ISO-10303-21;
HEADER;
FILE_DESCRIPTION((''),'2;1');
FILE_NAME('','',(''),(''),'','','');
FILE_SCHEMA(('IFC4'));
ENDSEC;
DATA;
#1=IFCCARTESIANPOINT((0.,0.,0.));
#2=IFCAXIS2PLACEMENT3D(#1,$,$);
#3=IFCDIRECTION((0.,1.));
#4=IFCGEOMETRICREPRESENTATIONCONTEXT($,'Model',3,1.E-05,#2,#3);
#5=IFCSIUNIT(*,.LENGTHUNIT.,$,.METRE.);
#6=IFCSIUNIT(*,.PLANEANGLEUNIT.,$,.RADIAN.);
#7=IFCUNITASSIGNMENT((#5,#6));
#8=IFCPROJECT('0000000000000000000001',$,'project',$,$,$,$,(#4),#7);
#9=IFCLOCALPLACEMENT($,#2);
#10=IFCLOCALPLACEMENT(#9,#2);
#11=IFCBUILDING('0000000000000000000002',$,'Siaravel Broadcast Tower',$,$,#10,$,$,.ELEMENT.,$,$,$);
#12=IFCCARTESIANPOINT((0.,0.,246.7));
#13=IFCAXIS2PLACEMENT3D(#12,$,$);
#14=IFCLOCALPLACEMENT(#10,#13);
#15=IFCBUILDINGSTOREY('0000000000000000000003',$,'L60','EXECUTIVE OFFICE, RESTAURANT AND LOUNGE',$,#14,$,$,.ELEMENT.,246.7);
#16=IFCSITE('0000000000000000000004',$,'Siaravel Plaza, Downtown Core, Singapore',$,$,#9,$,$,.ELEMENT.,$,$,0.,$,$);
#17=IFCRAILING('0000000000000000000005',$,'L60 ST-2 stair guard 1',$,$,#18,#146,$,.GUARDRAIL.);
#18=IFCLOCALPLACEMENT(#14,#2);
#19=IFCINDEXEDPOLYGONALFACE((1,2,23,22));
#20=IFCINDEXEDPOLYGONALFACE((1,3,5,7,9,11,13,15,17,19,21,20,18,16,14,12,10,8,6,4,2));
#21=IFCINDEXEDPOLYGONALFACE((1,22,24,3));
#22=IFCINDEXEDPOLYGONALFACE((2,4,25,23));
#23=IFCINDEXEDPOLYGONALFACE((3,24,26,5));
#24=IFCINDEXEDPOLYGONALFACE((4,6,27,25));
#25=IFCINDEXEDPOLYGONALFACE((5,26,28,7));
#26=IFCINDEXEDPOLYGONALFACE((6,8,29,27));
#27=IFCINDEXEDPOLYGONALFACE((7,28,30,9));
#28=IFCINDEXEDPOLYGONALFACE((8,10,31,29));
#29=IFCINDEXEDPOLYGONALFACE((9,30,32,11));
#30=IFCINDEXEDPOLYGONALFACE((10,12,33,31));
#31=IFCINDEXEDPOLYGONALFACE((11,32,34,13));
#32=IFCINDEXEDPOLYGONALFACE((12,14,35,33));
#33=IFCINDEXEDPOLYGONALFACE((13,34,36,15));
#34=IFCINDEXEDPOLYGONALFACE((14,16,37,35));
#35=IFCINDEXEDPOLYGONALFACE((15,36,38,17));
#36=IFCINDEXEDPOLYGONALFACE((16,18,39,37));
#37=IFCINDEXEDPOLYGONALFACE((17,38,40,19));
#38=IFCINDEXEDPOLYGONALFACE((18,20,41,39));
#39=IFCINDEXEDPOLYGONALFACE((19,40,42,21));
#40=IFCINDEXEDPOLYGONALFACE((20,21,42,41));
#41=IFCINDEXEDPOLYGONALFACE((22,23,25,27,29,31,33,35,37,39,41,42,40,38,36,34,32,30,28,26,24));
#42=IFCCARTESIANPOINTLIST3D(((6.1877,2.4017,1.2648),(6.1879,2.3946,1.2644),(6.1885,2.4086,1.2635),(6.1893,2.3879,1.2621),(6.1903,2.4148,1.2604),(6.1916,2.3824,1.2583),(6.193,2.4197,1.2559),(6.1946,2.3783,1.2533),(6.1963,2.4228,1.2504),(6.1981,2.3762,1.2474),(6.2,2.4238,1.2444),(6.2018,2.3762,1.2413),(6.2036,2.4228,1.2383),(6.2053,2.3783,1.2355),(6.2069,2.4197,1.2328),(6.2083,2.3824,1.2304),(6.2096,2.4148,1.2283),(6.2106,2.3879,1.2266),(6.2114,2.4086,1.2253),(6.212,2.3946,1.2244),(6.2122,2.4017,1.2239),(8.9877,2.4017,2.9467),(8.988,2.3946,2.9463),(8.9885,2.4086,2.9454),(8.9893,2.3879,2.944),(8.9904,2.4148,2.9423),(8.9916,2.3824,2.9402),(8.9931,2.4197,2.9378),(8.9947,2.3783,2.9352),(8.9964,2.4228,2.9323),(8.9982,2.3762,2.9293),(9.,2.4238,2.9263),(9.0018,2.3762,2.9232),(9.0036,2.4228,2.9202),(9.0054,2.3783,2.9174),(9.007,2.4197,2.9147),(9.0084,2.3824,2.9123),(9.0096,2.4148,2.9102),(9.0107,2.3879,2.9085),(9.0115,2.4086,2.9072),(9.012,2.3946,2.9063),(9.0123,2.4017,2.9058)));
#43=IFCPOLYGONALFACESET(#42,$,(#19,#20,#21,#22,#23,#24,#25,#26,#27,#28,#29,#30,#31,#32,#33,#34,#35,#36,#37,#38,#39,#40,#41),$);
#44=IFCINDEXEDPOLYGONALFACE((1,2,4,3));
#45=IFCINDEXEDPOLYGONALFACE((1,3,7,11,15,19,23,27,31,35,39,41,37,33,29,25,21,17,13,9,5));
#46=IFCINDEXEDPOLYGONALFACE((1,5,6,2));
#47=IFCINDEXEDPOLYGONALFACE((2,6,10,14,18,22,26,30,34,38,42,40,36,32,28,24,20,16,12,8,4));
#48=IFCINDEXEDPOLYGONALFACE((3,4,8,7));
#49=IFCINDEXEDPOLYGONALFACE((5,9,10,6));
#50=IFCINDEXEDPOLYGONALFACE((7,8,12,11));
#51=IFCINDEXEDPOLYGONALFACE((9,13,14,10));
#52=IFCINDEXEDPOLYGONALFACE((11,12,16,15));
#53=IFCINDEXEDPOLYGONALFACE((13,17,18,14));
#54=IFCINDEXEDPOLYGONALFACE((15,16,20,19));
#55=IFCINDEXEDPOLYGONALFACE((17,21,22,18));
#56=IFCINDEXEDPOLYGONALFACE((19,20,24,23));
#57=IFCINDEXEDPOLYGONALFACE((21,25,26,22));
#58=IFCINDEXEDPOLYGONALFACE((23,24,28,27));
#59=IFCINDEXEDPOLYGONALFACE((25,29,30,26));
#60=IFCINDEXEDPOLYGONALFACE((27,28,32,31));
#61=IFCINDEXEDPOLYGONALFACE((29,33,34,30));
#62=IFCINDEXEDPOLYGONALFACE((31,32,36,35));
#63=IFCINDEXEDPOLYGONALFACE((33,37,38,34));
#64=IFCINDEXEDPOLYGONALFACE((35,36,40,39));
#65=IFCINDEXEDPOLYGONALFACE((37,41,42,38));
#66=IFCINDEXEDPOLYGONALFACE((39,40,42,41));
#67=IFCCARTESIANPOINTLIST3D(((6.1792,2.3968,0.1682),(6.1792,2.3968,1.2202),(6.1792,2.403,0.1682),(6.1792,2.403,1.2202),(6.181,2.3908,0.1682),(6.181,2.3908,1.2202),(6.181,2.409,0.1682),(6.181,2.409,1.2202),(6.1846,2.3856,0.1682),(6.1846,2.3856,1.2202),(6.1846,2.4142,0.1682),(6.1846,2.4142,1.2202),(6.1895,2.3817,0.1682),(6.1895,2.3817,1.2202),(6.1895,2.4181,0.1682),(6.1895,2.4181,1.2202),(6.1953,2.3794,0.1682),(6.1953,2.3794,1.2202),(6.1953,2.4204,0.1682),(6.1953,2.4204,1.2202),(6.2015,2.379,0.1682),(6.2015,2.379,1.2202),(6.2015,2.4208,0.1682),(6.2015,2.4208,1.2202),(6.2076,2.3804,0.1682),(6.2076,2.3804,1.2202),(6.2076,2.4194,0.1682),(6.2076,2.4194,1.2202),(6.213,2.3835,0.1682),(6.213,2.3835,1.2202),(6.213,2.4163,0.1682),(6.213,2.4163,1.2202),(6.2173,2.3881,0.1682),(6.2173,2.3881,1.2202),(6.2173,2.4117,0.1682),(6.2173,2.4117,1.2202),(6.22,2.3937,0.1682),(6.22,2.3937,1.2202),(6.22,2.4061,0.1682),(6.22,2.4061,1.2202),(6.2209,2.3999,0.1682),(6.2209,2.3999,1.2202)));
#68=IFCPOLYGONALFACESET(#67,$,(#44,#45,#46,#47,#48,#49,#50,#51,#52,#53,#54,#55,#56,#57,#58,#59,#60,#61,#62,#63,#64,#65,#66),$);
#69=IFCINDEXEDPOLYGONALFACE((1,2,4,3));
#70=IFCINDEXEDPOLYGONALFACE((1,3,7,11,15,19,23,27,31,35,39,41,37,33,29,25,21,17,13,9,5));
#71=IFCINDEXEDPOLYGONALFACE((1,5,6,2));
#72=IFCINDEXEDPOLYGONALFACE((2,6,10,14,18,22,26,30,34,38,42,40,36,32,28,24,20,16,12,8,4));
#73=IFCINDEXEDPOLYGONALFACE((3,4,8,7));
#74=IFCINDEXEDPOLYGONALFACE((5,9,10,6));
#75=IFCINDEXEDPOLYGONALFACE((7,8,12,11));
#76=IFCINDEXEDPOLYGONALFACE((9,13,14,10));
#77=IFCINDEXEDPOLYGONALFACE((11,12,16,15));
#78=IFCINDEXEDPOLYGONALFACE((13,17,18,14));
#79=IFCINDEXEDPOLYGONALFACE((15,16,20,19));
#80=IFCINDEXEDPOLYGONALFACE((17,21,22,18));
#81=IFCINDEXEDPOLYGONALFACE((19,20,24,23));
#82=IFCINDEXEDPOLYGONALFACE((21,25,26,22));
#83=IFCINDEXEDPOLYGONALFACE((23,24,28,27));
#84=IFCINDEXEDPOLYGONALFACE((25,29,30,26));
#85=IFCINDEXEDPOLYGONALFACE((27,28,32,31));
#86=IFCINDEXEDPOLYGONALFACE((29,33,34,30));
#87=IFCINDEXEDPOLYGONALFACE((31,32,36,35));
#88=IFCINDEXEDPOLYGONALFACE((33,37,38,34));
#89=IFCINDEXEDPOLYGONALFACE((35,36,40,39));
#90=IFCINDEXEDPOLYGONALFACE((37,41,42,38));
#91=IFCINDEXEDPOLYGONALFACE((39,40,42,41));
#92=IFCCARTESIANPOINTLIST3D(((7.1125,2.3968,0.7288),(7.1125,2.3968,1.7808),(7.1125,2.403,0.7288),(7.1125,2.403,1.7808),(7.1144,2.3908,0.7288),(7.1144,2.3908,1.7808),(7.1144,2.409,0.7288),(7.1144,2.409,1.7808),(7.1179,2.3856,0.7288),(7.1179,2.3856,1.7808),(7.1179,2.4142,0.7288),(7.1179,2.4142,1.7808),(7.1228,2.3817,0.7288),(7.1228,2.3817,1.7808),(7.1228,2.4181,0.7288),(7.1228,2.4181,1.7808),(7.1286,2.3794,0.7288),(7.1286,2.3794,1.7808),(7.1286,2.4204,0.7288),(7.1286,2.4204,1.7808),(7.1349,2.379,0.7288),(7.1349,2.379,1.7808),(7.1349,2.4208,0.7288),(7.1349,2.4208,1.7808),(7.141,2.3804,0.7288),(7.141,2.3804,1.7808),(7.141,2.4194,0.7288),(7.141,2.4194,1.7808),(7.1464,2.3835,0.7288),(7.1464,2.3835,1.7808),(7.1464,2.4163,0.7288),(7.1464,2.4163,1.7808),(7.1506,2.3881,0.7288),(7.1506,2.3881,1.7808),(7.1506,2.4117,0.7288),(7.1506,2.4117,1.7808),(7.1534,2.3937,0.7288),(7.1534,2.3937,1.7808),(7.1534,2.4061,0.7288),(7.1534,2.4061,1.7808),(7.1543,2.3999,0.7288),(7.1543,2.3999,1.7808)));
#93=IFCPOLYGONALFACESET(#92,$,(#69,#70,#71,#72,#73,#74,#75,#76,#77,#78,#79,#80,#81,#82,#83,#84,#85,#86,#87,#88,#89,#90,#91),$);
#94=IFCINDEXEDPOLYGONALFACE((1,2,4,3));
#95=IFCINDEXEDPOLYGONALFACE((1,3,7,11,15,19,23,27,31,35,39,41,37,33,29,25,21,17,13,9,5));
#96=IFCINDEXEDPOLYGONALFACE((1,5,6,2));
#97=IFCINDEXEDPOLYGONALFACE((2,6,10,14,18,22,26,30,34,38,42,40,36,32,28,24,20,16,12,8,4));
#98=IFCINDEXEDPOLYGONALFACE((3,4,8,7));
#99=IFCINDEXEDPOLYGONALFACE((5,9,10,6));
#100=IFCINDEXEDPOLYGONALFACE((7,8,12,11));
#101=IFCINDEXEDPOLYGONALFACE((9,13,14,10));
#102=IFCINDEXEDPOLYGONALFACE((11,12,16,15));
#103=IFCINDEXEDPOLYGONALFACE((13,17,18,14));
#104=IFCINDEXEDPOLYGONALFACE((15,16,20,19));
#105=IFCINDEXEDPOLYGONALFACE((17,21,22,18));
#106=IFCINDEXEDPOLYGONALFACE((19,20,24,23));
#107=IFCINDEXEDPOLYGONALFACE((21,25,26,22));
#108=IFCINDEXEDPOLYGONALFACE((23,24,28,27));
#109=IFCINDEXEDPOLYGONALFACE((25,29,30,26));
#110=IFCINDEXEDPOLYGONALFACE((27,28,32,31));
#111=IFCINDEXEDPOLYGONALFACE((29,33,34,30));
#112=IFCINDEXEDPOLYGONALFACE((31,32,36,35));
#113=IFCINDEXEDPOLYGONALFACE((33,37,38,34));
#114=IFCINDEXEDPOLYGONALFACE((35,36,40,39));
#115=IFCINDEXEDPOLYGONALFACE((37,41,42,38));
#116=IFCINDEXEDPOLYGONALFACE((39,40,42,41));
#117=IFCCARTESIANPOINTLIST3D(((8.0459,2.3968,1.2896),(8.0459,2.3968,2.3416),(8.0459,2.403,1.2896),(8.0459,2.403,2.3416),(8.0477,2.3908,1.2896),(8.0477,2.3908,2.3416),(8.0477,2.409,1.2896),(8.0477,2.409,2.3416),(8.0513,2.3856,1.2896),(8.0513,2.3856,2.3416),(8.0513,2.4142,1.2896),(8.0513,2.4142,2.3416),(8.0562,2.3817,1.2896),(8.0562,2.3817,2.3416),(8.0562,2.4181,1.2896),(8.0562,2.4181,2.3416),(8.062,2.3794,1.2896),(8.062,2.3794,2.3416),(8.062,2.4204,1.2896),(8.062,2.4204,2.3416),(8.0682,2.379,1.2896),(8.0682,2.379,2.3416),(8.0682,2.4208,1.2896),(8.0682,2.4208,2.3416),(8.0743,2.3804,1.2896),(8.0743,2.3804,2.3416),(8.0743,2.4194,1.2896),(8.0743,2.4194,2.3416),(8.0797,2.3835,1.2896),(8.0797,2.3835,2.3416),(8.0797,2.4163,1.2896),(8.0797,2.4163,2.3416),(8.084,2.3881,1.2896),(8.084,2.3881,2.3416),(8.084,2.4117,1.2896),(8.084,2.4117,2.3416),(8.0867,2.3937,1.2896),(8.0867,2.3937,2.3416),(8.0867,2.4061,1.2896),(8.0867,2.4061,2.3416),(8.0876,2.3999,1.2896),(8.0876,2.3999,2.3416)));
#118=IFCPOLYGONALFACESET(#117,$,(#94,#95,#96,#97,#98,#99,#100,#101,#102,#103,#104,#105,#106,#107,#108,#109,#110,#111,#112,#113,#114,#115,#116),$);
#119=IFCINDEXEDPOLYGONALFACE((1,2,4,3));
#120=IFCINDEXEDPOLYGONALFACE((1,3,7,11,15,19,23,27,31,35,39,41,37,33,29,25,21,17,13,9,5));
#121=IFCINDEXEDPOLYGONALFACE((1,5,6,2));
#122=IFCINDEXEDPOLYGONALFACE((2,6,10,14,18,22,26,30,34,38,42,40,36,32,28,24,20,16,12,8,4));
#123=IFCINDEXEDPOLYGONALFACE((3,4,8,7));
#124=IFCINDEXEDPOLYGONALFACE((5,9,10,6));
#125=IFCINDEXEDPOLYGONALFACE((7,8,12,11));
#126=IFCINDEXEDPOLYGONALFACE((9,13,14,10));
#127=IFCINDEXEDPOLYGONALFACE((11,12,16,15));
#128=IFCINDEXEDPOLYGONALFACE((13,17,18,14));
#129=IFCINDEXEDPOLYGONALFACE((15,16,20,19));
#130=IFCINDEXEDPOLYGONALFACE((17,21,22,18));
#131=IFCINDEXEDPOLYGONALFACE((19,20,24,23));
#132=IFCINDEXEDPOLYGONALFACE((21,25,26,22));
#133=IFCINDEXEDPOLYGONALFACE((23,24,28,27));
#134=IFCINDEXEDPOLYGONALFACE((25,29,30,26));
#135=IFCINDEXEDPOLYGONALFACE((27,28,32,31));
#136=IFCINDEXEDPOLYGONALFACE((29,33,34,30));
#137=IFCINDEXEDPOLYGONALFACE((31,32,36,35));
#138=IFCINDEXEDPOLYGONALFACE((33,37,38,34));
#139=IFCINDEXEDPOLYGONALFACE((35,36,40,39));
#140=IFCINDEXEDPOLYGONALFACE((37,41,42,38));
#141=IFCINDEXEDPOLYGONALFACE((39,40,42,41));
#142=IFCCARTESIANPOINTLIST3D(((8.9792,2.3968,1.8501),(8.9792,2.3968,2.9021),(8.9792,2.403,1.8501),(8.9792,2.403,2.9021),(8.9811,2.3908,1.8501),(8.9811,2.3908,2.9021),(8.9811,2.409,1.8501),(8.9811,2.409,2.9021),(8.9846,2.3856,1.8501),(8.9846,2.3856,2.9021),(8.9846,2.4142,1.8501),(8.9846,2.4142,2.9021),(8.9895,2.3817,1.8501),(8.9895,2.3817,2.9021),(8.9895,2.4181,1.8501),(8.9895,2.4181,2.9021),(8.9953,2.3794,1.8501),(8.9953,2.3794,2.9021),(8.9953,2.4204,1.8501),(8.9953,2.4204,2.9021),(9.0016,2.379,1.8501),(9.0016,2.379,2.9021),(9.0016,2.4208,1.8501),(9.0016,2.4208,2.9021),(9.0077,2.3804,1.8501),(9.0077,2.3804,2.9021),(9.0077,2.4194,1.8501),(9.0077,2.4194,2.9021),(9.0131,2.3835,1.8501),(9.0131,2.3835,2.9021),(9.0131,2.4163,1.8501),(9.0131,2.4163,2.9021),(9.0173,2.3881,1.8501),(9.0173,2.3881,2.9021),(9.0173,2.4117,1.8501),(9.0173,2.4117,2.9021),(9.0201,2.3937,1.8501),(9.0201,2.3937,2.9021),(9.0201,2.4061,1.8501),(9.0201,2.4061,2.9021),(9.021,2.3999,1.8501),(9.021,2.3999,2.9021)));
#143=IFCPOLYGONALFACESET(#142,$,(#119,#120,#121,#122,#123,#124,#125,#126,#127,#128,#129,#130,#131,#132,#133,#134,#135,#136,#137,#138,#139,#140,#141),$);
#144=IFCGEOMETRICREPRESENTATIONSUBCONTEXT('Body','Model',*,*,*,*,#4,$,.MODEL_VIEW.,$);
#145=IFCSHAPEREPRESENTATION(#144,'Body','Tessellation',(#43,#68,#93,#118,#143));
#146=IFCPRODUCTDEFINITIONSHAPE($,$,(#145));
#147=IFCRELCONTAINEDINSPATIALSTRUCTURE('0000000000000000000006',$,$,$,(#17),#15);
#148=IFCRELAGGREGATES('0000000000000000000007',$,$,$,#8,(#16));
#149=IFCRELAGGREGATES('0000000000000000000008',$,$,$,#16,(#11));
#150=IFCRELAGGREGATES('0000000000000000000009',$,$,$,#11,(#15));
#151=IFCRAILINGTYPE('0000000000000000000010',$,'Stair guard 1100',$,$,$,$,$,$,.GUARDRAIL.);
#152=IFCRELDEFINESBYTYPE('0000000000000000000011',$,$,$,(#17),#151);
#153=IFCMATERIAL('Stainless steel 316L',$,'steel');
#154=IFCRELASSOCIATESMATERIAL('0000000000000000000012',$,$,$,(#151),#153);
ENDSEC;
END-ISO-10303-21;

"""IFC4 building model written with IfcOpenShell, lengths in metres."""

from ifc_helpers import new_model, si_unit, direction, frame, origin, origin_2d, place, context, subcontext, project, spatial, circle, extrude, material, type_object, element, save


model = new_model("IFC4")

# Units and contexts
model_context = context("Model", 3, precision=1e-05, world=origin(), true_north=direction((0.0, 1.0)))
body_context = subcontext(model_context, "Body", "Model", "MODEL_VIEW")
ifc_project = project(units=[si_unit("LENGTHUNIT", "METRE"), si_unit("PLANEANGLEUNIT", "RADIAN")], contexts=[model_context])

# Site, building, storey
site_placement = place(None, origin())
site = spatial("IfcSite", under=ifc_project, at=site_placement, Name="Siaravel Plaza, Downtown Core, Singapore", CompositionType="ELEMENT", RefElevation=0.0)
building_placement = place(site_placement, origin())
building = spatial("IfcBuilding", under=site, at=building_placement, Name="Siaravel Broadcast Tower", CompositionType="ELEMENT")
storey_placement = place(building_placement, frame((0.0, 0.0, 246.7)))
storey = spatial("IfcBuildingStorey", under=building, at=storey_placement, Name="L60", Description="EXECUTIVE OFFICE, RESTAURANT AND LOUNGE", CompositionType="ELEMENT", Elevation=246.7)

# Railing
ifc_material_1 = material(Name="Stainless steel 316L", Category="steel")
railing_type_1 = type_object("IfcRailingType", Name="Stair guard 1100", PredefinedType="GUARDRAIL", material=ifc_material_1)
railing_1_placement = place(storey_placement, frame((6.2, 2.3999, 0.1682)))
element("IfcRailing", 1, at=railing_1_placement, inside=storey, type_object=railing_type_1, Name="L60 ST-2 stair guard 1", PredefinedType="GUARDRAIL", context=body_context, shape_type="SweptSolid", body=[
    extrude(circle(Radius=0.0239, at=origin_2d()), frame((0.0, 0.0, 1.0762), z_axis=(0.857242, 0.0, 0.514913), x_axis=(0.0, 1.0, 0.0)), (0.0, 0.0, 1.0), 3.2664),
    extrude(circle(Radius=0.021, at=origin_2d()), origin(), (0.0, 0.0, 1.0), 1.052),
    extrude(circle(Radius=0.021, at=origin_2d()), frame((0.9333, 0.0, 0.5605)), (0.0, 0.0, 1.0), 1.052),
    extrude(circle(Radius=0.021, at=origin_2d()), frame((1.8667, 0.0, 1.1213)), (0.0, 0.0, 1.0), 1.052),
    extrude(circle(Radius=0.021, at=origin_2d()), frame((2.8, 0.0, 1.6819)), (0.0, 0.0, 1.0), 1.052),
])

save(model, "model.ifc")
